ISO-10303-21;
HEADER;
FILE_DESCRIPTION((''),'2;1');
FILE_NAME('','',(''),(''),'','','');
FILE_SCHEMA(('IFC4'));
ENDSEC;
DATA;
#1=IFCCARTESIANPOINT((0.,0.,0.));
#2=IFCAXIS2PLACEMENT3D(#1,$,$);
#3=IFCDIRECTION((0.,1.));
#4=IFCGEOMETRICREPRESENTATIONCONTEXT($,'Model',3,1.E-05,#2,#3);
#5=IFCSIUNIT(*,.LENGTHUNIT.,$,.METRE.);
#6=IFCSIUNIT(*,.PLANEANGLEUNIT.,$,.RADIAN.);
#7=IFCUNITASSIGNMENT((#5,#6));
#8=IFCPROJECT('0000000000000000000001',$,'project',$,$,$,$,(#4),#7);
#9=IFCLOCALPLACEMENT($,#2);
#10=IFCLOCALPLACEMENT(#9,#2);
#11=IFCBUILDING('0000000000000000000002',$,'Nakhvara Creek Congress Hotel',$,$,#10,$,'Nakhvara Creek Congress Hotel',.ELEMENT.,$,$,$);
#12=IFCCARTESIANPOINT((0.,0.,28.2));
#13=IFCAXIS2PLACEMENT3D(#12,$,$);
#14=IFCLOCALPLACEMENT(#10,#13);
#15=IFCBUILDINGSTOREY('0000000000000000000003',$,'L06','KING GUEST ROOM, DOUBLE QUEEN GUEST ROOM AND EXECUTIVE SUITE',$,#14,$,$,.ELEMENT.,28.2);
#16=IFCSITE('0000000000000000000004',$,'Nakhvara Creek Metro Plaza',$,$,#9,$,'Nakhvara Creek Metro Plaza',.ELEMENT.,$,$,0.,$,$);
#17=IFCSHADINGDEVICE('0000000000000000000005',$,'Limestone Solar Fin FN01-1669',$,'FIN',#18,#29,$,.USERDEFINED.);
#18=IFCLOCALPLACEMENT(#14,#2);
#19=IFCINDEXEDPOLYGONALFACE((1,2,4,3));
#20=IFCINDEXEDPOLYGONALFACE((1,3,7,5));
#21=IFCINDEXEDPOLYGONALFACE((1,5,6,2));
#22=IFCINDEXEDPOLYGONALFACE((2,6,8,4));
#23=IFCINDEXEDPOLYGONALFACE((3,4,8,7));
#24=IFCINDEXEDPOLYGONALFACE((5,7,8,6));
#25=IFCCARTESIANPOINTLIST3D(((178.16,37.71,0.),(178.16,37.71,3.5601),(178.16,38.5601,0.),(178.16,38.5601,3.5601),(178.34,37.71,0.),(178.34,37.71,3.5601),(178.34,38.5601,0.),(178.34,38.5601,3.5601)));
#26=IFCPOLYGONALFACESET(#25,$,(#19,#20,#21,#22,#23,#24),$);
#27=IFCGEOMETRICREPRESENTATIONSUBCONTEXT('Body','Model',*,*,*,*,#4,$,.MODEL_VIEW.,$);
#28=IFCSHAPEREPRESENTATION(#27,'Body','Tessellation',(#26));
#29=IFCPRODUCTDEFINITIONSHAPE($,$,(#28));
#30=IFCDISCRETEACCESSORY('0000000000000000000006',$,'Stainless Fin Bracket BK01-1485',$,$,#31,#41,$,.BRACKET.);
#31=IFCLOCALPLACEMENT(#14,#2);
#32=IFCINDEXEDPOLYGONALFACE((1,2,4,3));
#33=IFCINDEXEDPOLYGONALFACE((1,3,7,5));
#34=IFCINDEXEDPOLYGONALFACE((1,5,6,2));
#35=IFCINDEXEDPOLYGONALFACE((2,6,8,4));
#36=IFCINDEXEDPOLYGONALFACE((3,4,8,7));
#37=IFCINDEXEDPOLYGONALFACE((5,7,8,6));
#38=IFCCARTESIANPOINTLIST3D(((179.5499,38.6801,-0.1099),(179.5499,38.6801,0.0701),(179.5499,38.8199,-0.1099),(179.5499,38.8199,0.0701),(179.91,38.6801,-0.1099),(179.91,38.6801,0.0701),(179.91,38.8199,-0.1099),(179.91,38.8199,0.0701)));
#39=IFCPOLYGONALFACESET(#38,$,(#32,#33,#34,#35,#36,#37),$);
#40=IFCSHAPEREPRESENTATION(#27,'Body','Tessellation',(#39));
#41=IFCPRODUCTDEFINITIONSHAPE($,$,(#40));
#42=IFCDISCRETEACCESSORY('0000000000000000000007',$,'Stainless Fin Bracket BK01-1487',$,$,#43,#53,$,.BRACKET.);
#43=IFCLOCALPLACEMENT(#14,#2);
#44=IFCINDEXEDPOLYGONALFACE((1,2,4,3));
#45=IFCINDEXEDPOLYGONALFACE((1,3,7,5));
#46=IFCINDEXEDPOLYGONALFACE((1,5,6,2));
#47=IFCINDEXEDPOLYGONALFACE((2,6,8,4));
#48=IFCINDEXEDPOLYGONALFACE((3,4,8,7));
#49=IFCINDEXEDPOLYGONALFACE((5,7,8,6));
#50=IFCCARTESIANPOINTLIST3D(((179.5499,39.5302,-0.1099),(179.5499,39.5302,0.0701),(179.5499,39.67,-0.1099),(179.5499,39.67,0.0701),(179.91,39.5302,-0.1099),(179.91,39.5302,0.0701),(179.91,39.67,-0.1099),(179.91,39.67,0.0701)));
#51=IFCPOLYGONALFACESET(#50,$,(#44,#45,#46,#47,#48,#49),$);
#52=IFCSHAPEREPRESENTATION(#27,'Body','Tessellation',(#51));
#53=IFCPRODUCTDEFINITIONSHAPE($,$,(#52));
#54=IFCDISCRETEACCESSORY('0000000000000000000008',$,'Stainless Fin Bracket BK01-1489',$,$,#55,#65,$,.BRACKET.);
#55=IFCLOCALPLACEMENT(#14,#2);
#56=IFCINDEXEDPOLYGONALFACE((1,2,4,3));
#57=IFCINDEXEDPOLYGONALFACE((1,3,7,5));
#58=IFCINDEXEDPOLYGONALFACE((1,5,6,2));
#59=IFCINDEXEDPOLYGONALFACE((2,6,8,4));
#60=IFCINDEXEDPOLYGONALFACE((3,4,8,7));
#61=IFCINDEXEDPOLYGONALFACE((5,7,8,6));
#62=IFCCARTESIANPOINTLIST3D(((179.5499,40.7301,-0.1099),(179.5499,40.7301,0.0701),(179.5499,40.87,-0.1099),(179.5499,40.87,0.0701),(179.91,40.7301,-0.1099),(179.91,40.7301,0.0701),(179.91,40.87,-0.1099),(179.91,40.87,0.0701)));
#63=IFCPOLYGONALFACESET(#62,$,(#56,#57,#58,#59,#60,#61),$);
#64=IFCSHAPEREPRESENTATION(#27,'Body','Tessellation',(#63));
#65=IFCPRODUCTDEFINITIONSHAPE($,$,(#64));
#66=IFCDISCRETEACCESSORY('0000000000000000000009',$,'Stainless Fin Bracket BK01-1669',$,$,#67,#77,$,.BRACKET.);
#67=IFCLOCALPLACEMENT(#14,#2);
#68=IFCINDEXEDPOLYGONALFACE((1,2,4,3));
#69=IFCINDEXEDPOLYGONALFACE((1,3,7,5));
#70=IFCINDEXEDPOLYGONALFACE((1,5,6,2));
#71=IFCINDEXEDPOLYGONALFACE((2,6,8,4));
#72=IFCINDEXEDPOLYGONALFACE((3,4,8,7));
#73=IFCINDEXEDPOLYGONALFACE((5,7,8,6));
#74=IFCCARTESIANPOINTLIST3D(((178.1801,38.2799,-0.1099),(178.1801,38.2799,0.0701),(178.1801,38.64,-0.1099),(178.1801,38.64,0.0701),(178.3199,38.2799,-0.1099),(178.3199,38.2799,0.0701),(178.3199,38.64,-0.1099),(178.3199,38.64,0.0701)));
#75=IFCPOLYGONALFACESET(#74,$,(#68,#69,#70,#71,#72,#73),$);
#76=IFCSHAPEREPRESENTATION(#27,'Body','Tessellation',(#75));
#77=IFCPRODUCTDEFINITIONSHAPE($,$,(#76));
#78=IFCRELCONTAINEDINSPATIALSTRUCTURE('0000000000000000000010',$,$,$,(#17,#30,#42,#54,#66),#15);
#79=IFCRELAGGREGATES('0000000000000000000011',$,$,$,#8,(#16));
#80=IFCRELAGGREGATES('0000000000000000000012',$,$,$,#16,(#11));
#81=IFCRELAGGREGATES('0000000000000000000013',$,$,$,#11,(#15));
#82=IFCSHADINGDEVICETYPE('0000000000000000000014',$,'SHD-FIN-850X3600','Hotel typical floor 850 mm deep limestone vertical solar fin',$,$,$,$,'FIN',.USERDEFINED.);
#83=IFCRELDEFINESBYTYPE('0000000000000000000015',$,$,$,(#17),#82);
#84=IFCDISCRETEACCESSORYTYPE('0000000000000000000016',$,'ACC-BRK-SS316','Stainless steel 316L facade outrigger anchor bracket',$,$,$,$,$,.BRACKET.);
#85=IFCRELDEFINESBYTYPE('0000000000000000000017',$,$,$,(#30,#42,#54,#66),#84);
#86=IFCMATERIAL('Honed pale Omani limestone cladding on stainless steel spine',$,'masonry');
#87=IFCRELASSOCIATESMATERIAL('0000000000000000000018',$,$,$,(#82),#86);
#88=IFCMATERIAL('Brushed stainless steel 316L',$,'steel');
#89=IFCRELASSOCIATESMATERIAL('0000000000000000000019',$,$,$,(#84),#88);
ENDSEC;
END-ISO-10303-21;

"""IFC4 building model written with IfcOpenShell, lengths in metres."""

from ifc_helpers import new_model, si_unit, direction, frame, origin, origin_2d, place, context, subcontext, project, spatial, rectangle, extrude, material, type_object, element, save


model = new_model("IFC4")

# Units and contexts
model_context = context("Model", 3, precision=1e-05, world=origin(), true_north=direction((0.0, 1.0)))
body_context = subcontext(model_context, "Body", "Model", "MODEL_VIEW")
ifc_project = project(units=[si_unit("LENGTHUNIT", "METRE"), si_unit("PLANEANGLEUNIT", "RADIAN")], contexts=[model_context])

# Site, building, storey
site_placement = place(None, origin())
site = spatial("IfcSite", under=ifc_project, at=site_placement, Name="Nakhvara Creek Metro Plaza", LongName="Nakhvara Creek Metro Plaza", CompositionType="ELEMENT", RefElevation=0.0)
building_placement = place(site_placement, origin())
building = spatial("IfcBuilding", under=site, at=building_placement, Name="Nakhvara Creek Congress Hotel", LongName="Nakhvara Creek Congress Hotel", CompositionType="ELEMENT")
storey_placement = place(building_placement, frame((0.0, 0.0, 28.2)))
storey = spatial("IfcBuildingStorey", under=building, at=storey_placement, Name="L06", Description="KING GUEST ROOM, DOUBLE QUEEN GUEST ROOM AND EXECUTIVE SUITE", CompositionType="ELEMENT", Elevation=28.2)

# Shared definitions
ifc_material_1 = material(Name="Brushed stainless steel 316L", Category="steel")

# Shading device
ifc_material_2 = material(Name="Honed pale Omani limestone cladding on stainless steel spine", Category="masonry")
shading_device_type = type_object("IfcShadingDeviceType", Name="SHD-FIN-850X3600", Description="Hotel typical floor 850 mm deep limestone vertical solar fin", ElementType="FIN", PredefinedType="USERDEFINED", material=ifc_material_2)
for number, where, z_axis, x_axis, name in (
    (1, (178.25, 38.135, 0.0), (0.0, 0.0, 1.0), (1.0, 0.0, 0.0), "Limestone Solar Fin FN01-1669"),
):
    element("IfcShadingDevice", number, at=place(storey_placement, frame(where, z_axis=z_axis, x_axis=x_axis)), inside=storey, type_object=shading_device_type, Name=name, ObjectType="FIN", PredefinedType="USERDEFINED", context=body_context, shape_type="SweptSolid", body=[
        extrude(rectangle(XDim=0.1799, YDim=0.8501, at=origin_2d()), origin(), (0.0, 0.0, 1.0), 3.5601),
    ])

# Discrete accessories
discrete_accessory_type = type_object("IfcDiscreteAccessoryType", Name="ACC-BRK-SS316", Description="Stainless steel 316L facade outrigger anchor bracket", PredefinedType="BRACKET", material=ifc_material_1)
for number, where, z_axis, x_axis, name in (
    (2, (179.73, 38.75, -0.1099), (0.0, 0.0, 1.0), (0.0, 1.0, 0.0), "Stainless Fin Bracket BK01-1485"),
    (3, (179.73, 39.6001, -0.1099), (0.0, 0.0, 1.0), (0.0, 1.0, 0.0), "Stainless Fin Bracket BK01-1487"),
    (4, (179.73, 40.8, -0.1099), (0.0, 0.0, 1.0), (0.0, 1.0, 0.0), "Stainless Fin Bracket BK01-1489"),
    (5, (178.25, 38.46, -0.1099), (0.0, 0.0, 1.0), (1.0, 0.0, 0.0), "Stainless Fin Bracket BK01-1669"),
):
    element("IfcDiscreteAccessory", number, at=place(storey_placement, frame(where, z_axis=z_axis, x_axis=x_axis)), inside=storey, type_object=discrete_accessory_type, Name=name, PredefinedType="BRACKET", context=body_context, shape_type="SweptSolid", body=[
        extrude(rectangle(XDim=0.1399, YDim=0.3601, at=origin_2d()), origin(), (0.0, 0.0, 1.0), 0.1799),
    ])

save(model, "model.ifc")
